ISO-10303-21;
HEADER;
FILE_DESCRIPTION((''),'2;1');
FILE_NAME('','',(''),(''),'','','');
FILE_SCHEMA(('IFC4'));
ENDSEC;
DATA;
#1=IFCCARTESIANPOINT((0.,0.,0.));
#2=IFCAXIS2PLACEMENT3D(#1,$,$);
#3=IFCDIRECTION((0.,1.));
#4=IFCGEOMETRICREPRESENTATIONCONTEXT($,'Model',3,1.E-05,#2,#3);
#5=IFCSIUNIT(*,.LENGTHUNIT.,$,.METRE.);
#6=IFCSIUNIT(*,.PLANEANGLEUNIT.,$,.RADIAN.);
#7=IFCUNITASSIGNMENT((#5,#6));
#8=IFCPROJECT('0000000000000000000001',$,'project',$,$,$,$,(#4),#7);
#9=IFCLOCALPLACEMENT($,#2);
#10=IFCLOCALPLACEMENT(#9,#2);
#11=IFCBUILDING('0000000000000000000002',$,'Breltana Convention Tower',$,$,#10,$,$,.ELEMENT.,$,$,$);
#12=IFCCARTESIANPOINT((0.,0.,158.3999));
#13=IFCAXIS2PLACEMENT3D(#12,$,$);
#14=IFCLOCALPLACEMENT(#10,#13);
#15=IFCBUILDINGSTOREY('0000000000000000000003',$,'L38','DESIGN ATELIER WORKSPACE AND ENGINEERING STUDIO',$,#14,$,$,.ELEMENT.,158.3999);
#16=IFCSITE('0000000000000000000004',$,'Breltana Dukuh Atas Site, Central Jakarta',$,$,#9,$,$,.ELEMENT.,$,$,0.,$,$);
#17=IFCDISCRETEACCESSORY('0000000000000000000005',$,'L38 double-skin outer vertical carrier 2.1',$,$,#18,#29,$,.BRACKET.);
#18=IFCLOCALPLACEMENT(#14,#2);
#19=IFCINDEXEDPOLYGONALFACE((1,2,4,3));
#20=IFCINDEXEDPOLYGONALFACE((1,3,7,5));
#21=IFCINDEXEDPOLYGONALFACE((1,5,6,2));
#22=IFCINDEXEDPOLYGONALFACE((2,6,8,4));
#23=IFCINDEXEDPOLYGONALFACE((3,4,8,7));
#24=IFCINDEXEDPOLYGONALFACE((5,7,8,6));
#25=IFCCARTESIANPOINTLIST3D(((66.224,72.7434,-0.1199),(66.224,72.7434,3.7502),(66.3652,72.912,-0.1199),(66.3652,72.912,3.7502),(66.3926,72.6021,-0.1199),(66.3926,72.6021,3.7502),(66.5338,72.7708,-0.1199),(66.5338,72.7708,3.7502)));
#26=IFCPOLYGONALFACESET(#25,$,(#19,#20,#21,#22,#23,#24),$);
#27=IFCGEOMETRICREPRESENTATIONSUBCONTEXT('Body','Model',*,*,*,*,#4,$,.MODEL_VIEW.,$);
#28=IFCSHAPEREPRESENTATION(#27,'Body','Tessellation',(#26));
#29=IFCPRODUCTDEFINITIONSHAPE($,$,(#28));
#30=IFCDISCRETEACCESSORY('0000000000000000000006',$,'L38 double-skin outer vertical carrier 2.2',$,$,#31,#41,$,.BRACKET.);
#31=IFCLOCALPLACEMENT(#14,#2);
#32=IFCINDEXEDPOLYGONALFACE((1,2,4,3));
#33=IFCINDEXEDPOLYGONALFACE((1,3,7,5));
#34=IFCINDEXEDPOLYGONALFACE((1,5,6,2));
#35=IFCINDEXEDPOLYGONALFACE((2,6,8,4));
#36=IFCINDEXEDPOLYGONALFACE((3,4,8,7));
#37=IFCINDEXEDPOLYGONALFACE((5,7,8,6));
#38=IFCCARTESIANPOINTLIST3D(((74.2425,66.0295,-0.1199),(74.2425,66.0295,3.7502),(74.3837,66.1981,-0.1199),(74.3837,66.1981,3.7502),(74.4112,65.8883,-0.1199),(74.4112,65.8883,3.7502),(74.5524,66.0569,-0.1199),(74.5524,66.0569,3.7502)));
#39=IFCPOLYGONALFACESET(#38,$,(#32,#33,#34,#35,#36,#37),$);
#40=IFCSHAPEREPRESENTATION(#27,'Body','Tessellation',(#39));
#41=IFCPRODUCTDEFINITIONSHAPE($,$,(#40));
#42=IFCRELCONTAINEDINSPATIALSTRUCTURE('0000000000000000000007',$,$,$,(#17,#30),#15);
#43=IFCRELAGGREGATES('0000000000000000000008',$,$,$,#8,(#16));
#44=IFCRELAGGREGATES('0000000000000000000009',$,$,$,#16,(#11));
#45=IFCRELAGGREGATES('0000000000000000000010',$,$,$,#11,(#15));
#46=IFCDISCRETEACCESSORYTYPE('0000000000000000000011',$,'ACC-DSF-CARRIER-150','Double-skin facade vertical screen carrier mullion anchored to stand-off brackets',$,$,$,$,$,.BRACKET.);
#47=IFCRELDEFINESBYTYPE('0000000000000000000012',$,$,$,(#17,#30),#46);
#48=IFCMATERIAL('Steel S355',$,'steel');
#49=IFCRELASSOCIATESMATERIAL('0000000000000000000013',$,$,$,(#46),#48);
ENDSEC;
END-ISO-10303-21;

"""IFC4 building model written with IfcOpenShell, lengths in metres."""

from ifc_helpers import new_model, si_unit, direction, frame, origin, origin_2d, place, context, subcontext, project, spatial, rectangle, extrude, source, transform, mapped, material, type_object, element, save


model = new_model("IFC4")

# Units and contexts
model_context = context("Model", 3, precision=1e-05, world=origin(), true_north=direction((0.0, 1.0)))
body_context = subcontext(model_context, "Body", "Model", "MODEL_VIEW")
ifc_project = project(units=[si_unit("LENGTHUNIT", "METRE"), si_unit("PLANEANGLEUNIT", "RADIAN")], contexts=[model_context])

# Site, building, storey
site_placement = place(None, origin())
site = spatial("IfcSite", under=ifc_project, at=site_placement, Name="Breltana Dukuh Atas Site, Central Jakarta", CompositionType="ELEMENT", RefElevation=0.0)
building_placement = place(site_placement, origin())
building = spatial("IfcBuilding", under=site, at=building_placement, Name="Breltana Convention Tower", CompositionType="ELEMENT")
storey_placement = place(building_placement, frame((0.0, 0.0, 158.3999)))
storey = spatial("IfcBuildingStorey", under=building, at=storey_placement, Name="L38", Description="DESIGN ATELIER WORKSPACE AND ENGINEERING STUDIO", CompositionType="ELEMENT", Elevation=158.3999)

# Discrete accessories
ifc_material_1 = material(Name="Steel S355", Category="steel")
discrete_accessory_type_1 = type_object("IfcDiscreteAccessoryType", Name="ACC-DSF-CARRIER-150", Description="Double-skin facade vertical screen carrier mullion anchored to stand-off brackets", PredefinedType="BRACKET", material=ifc_material_1)
shared_shape_1 = source(origin(), body_context, "Body", "SweptSolid", [
    extrude(rectangle(XDim=0.22, YDim=0.22, at=origin_2d()), origin(), (0.0, 0.0, 1.0), 3.8701),
])
for number, where, z_axis, x_axis, name in (
    (1, (66.3789, 72.7571, -0.1199), (0.0, 0.0, 1.0), (0.641989, 0.766714, 0.0), "L38 double-skin outer vertical carrier 2.1"),
    (2, (74.3975, 66.0432, -0.1199), (0.0, 0.0, 1.0), (0.641989, 0.766714, 0.0), "L38 double-skin outer vertical carrier 2.2"),
):
    element("IfcDiscreteAccessory", number, at=place(storey_placement, frame(where, z_axis=z_axis, x_axis=x_axis)), inside=storey, type_object=discrete_accessory_type_1, Name=name, PredefinedType="BRACKET", context=body_context, shape_type="MappedRepresentation", body=[
        mapped(shared_shape_1, transform((0.0, 0.0, 0.0), scale=1.0)),
    ])

save(model, "model.ifc")
